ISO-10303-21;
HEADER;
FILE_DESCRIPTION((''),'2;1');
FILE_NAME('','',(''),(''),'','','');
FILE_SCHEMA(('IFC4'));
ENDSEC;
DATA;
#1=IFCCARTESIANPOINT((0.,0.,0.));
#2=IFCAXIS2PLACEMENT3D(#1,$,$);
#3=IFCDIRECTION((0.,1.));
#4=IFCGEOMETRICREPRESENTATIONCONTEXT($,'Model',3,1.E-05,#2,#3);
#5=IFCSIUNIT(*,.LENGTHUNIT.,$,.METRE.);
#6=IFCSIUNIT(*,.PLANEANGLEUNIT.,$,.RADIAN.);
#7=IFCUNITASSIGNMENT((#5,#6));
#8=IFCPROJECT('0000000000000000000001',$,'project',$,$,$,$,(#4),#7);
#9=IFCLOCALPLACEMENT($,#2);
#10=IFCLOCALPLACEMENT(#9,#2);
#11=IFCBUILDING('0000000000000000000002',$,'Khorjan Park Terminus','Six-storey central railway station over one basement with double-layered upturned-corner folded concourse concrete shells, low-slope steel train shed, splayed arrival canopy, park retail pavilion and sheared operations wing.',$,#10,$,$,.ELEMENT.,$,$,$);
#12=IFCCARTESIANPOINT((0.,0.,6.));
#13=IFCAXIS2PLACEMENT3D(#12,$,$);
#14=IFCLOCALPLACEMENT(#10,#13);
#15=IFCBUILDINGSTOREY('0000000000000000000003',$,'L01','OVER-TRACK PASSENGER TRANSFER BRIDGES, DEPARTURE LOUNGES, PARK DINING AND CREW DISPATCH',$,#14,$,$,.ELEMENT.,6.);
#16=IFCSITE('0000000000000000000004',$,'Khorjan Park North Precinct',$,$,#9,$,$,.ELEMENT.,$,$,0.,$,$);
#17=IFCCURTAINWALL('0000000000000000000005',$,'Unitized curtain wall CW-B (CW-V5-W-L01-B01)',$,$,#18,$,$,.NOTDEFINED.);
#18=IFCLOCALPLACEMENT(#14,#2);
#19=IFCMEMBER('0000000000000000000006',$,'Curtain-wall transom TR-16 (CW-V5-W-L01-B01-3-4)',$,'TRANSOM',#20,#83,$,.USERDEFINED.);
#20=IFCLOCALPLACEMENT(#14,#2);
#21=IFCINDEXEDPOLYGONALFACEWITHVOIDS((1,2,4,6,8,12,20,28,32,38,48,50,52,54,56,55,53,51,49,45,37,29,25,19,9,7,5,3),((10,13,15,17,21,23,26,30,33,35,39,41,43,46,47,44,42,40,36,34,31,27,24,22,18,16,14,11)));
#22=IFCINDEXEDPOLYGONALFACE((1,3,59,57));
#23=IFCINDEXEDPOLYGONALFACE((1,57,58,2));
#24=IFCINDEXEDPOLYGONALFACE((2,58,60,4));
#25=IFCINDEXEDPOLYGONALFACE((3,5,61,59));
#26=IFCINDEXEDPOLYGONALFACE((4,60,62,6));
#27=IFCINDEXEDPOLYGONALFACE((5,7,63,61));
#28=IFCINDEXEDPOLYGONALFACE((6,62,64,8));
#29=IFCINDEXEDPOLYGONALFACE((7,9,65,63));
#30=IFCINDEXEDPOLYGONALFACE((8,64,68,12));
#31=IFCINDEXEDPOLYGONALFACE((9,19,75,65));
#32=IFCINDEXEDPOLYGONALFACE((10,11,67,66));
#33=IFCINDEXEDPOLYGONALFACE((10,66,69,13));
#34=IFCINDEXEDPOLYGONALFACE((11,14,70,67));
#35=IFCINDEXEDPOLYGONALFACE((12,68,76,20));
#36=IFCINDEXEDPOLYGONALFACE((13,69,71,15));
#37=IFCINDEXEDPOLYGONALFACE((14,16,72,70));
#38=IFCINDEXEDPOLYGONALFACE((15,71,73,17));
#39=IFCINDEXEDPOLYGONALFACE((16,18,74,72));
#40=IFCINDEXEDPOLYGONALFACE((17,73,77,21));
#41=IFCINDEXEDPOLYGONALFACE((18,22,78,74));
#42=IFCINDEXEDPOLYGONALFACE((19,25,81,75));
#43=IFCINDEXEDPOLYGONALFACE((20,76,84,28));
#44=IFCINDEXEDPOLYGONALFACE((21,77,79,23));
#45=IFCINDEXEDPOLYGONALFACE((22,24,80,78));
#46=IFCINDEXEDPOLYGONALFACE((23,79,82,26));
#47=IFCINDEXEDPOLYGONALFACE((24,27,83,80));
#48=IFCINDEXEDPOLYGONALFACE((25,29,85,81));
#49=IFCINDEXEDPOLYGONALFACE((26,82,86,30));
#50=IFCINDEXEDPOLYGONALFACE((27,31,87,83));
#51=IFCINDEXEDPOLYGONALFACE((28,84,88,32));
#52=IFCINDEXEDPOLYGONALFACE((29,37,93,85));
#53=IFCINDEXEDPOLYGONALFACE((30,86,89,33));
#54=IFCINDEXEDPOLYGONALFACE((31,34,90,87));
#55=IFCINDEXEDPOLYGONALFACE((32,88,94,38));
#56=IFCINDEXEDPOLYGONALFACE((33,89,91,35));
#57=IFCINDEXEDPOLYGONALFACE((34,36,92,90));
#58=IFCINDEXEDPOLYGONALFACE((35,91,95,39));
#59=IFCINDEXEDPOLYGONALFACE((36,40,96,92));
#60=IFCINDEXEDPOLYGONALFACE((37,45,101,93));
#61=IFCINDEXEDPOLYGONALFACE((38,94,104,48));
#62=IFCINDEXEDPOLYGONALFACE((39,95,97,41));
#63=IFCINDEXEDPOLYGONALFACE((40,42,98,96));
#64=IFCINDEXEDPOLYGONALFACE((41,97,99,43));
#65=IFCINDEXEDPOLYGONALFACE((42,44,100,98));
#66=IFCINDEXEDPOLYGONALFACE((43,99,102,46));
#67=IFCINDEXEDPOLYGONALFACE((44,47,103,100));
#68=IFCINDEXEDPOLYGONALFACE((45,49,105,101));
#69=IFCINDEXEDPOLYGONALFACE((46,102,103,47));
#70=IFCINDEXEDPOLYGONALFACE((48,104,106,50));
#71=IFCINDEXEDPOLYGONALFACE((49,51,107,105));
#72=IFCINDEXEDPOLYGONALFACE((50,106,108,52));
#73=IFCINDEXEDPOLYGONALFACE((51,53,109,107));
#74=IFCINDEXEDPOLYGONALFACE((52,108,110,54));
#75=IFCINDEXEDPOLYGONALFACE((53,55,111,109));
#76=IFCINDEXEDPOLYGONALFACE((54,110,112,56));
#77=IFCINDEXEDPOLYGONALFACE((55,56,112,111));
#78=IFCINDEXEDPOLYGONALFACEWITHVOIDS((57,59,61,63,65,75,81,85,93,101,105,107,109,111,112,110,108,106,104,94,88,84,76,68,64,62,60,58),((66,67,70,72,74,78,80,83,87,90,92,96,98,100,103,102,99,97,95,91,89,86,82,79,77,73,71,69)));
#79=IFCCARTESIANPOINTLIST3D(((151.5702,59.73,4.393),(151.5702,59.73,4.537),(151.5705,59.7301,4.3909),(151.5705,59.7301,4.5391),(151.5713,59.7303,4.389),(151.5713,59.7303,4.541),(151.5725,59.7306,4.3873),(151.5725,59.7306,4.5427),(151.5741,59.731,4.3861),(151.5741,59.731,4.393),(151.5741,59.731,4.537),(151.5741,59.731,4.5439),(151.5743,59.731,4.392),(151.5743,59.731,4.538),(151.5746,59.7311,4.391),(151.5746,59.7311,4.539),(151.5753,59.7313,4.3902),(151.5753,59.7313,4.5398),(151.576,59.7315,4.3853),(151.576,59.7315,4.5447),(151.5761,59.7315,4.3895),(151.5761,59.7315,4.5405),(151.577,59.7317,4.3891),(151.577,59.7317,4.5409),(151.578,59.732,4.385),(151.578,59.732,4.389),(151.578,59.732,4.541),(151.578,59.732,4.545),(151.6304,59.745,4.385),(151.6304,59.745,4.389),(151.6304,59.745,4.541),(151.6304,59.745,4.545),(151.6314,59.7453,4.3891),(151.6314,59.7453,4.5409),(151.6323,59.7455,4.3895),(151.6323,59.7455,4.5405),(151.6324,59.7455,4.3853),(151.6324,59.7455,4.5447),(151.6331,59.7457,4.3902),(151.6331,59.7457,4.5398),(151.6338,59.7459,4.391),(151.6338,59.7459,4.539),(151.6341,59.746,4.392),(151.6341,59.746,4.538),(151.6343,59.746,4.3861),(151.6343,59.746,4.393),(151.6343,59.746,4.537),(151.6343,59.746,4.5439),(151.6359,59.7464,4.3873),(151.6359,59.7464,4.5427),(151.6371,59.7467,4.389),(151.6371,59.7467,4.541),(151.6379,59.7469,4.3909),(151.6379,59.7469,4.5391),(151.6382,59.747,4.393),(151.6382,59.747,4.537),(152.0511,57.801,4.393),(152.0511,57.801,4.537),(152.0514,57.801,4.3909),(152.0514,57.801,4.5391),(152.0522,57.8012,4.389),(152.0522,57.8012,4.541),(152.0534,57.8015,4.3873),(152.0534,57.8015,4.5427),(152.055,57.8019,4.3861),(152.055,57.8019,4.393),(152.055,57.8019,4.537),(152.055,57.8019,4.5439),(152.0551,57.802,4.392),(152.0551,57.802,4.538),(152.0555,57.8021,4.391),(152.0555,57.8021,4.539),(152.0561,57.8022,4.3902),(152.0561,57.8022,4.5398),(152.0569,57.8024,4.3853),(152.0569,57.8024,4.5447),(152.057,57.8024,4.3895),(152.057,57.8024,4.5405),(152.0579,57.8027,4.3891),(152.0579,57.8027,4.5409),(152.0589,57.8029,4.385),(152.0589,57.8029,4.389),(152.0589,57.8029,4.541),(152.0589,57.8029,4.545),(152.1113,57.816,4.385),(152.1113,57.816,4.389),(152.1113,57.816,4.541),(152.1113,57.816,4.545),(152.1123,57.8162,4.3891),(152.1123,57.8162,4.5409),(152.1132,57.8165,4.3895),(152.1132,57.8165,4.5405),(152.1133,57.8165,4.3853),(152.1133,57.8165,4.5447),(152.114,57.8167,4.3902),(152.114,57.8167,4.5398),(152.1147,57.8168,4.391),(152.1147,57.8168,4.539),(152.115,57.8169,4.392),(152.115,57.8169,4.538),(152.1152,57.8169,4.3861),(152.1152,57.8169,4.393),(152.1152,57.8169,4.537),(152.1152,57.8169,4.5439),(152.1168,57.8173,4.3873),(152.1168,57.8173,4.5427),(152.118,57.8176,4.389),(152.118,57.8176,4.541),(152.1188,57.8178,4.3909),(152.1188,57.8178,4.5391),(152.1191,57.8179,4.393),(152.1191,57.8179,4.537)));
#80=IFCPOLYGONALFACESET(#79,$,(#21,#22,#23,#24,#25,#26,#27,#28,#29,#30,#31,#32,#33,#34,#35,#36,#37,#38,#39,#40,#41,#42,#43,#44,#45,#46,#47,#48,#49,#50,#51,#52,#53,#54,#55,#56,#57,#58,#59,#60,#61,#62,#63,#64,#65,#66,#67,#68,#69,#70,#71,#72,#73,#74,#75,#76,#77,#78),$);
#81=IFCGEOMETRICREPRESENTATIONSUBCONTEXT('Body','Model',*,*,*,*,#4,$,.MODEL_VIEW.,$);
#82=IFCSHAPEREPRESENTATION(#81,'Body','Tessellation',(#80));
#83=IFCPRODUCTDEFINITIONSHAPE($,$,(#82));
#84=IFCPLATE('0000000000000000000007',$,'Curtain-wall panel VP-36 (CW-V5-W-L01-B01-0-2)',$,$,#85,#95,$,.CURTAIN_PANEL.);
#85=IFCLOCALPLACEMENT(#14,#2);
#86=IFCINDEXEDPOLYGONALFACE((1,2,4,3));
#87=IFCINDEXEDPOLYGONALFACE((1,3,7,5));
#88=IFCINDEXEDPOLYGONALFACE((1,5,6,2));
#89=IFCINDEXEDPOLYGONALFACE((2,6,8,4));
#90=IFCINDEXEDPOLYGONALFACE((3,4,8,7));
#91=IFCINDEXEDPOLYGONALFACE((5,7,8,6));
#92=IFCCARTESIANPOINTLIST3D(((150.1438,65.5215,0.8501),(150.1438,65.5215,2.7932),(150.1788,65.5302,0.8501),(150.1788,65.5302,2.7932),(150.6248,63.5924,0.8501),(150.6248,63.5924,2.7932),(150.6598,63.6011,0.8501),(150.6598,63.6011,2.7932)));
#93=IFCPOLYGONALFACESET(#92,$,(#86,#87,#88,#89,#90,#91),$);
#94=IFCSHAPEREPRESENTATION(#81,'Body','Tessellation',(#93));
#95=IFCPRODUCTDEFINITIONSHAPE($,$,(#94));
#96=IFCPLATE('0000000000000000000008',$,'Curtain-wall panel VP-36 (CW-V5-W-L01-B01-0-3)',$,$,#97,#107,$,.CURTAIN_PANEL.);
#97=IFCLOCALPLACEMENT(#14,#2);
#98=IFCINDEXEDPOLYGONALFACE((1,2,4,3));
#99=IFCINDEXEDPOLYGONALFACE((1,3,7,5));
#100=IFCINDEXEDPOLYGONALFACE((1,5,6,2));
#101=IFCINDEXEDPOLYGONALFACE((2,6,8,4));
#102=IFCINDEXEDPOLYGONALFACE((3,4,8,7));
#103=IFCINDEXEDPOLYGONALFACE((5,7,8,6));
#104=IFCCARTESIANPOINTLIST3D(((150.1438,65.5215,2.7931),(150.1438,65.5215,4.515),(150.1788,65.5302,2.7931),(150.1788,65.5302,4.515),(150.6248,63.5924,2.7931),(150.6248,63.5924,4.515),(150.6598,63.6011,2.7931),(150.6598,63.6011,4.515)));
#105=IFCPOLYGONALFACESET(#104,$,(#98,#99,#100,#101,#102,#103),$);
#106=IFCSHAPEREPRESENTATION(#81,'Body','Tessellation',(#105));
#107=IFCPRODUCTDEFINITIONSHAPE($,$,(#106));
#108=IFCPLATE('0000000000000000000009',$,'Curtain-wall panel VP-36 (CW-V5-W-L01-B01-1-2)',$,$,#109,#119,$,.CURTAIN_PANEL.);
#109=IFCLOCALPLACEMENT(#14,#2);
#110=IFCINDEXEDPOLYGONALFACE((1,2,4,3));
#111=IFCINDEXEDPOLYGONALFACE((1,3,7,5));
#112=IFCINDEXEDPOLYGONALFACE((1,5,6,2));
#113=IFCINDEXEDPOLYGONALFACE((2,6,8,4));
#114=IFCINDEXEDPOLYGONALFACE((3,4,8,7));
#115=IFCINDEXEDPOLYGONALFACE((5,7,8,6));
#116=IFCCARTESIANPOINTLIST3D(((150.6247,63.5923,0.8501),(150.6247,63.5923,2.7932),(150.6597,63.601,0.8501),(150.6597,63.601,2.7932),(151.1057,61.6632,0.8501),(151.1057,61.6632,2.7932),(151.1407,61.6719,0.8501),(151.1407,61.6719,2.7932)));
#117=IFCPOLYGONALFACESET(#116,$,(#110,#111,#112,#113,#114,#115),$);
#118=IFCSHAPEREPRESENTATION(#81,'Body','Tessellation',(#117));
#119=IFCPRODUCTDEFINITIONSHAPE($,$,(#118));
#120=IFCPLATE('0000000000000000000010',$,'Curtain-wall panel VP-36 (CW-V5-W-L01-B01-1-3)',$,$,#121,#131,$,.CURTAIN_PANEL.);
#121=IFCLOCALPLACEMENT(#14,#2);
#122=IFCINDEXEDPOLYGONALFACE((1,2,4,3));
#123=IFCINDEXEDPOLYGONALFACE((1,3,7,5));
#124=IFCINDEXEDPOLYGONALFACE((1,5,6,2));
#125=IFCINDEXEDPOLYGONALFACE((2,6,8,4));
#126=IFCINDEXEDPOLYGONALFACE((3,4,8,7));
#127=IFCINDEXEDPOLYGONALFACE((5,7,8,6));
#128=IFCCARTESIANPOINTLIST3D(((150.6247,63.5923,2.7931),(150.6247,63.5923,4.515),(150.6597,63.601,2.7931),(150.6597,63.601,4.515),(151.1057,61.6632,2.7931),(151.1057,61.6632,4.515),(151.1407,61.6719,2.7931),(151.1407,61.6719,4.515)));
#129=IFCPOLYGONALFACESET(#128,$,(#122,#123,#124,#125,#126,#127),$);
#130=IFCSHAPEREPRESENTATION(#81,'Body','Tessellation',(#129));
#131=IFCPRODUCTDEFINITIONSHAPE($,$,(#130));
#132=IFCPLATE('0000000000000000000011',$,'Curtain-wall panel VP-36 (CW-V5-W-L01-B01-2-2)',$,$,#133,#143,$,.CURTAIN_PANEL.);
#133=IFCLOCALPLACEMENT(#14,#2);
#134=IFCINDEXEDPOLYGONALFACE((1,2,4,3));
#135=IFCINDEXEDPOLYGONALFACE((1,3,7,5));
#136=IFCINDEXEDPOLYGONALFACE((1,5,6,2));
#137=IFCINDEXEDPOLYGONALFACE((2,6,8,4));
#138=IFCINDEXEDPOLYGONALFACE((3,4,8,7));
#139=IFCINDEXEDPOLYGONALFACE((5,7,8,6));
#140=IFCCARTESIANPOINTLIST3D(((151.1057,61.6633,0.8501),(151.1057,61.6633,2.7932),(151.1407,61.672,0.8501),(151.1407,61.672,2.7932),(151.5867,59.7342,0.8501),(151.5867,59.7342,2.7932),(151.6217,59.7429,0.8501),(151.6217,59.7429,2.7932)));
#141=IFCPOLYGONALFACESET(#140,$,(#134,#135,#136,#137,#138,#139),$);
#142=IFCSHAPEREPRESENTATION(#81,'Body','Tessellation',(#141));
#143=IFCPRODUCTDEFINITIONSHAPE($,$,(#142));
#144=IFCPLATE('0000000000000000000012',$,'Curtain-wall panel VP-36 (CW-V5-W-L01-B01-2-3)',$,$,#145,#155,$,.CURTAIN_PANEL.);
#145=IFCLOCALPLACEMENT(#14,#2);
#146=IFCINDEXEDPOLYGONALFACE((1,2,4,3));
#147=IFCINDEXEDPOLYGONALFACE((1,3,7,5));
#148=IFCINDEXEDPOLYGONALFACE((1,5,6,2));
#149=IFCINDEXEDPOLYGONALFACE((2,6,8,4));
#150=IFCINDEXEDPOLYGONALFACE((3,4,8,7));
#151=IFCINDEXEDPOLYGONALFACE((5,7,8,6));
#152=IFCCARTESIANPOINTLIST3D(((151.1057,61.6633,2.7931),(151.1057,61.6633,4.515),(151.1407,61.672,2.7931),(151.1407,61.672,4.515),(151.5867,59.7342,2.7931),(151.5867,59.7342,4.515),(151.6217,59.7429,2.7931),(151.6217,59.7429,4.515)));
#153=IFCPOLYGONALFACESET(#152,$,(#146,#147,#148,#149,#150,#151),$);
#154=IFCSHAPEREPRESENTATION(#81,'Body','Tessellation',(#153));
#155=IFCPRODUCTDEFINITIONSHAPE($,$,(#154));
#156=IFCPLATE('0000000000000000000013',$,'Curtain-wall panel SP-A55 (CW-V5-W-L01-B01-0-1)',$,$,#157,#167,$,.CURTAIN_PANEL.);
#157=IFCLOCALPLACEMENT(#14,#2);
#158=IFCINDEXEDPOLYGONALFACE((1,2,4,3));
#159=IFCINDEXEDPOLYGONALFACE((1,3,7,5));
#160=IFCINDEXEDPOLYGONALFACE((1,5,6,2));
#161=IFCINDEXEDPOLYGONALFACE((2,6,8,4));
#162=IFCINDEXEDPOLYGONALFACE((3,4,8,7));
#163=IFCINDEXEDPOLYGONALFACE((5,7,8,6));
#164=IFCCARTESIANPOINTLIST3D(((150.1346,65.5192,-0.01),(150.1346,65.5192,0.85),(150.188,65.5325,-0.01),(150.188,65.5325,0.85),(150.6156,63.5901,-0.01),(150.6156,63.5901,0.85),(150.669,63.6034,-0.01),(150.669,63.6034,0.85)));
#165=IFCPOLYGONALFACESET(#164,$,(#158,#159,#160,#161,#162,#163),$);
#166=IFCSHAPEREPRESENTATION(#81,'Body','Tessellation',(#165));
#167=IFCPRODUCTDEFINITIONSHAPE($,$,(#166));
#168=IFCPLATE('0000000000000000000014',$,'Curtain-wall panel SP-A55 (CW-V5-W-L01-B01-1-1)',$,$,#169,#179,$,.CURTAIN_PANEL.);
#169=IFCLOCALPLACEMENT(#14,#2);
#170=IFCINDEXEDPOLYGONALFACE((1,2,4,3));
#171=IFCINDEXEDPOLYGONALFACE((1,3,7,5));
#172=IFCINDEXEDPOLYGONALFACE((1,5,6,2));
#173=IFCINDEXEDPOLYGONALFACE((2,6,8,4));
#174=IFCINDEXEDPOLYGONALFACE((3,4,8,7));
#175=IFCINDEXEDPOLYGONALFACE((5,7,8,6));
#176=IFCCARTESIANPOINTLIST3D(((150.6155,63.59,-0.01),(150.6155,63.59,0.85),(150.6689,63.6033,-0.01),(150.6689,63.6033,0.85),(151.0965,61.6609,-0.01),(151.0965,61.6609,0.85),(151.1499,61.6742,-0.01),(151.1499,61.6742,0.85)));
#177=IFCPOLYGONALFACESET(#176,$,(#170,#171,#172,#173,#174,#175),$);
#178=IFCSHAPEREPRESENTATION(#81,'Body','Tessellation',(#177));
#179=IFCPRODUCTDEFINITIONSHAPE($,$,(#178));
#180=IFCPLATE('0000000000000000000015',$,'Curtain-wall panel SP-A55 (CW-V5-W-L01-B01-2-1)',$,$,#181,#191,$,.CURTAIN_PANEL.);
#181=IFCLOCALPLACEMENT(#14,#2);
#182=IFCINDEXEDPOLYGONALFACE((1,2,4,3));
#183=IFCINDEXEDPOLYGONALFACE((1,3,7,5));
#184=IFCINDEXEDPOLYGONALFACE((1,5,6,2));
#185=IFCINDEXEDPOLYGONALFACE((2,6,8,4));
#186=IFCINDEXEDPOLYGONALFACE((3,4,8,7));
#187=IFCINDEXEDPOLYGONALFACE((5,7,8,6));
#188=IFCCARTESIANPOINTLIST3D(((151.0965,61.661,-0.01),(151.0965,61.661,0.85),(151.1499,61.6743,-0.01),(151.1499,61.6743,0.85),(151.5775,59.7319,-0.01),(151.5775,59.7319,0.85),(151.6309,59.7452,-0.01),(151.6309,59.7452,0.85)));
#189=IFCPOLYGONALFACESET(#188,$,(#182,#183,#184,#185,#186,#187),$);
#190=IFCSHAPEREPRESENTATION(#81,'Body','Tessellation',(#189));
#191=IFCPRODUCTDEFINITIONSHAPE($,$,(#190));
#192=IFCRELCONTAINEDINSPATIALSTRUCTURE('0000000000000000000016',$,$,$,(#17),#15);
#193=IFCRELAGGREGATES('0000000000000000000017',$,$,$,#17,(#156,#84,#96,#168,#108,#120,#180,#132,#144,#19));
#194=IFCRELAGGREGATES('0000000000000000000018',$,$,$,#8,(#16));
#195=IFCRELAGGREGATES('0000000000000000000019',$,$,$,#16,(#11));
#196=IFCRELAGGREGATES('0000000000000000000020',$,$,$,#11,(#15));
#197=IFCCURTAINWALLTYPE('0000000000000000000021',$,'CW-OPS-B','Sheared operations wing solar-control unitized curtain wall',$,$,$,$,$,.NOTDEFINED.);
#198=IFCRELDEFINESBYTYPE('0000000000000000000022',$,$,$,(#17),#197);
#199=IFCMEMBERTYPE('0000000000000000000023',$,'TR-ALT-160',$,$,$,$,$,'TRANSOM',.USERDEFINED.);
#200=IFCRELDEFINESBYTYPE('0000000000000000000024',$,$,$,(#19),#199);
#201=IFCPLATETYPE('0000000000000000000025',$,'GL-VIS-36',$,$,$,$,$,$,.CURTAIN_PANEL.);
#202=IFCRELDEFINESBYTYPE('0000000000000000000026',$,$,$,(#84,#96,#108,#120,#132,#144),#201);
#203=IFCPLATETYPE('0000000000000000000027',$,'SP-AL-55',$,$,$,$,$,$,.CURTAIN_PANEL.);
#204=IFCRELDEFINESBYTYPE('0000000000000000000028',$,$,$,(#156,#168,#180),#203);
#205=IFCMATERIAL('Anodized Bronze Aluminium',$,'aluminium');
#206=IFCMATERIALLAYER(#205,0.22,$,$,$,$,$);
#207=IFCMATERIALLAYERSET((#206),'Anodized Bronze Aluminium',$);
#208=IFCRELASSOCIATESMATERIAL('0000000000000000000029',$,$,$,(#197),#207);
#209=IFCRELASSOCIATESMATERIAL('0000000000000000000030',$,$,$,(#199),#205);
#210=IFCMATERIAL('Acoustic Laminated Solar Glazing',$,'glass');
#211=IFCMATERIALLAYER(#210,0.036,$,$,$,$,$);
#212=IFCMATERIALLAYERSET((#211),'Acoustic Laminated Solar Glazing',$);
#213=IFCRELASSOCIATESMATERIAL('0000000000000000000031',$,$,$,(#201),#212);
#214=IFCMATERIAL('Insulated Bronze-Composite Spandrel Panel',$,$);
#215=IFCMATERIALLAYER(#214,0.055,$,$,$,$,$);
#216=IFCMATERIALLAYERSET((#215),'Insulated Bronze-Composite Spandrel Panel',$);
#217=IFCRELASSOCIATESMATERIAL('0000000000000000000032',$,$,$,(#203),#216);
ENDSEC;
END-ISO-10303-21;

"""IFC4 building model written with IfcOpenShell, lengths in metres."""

from ifc_helpers import new_model, si_unit, direction, frame, origin, origin_2d, place, context, subcontext, project, spatial, rectangle, hollow_rectangle, extrude, material, layer, layer_set, material_profile, profile_set, type_object, element, aggregate, save


model = new_model("IFC4")

# Units and contexts
model_context = context("Model", 3, precision=1e-05, world=origin(), true_north=direction((0.0, 1.0)))
body_context = subcontext(model_context, "Body", "Model", "MODEL_VIEW")
ifc_project = project(units=[si_unit("LENGTHUNIT", "METRE"), si_unit("PLANEANGLEUNIT", "RADIAN")], contexts=[model_context])

# Site, building, storey
site_placement = place(None, origin())
site = spatial("IfcSite", under=ifc_project, at=site_placement, Name="Khorjan Park North Precinct", CompositionType="ELEMENT", RefElevation=0.0)
building_placement = place(site_placement, origin())
building = spatial("IfcBuilding", under=site, at=building_placement, Name="Khorjan Park Terminus", Description="Six-storey central railway station over one basement with double-layered upturned-corner folded concourse concrete shells, low-slope steel train shed, splayed arrival canopy, park retail pavilion and sheared operations wing.", CompositionType="ELEMENT")
storey_placement = place(building_placement, frame((0.0, 0.0, 6.0)))
storey = spatial("IfcBuildingStorey", under=building, at=storey_placement, Name="L01", Description="OVER-TRACK PASSENGER TRANSFER BRIDGES, DEPARTURE LOUNGES, PARK DINING AND CREW DISPATCH", CompositionType="ELEMENT", Elevation=6.0)

# Curtain wall, member, plates
ifc_material_1 = material(Name="Anodized Bronze Aluminium", Category="aluminium")
ifc_layer_1 = layer(ifc_material_1, 0.22)
ifc_layer_set_1 = layer_set([ifc_layer_1], Name="Anodized Bronze Aluminium")
curtain_wall_type = type_object("IfcCurtainWallType", Name="CW-OPS-B", Description="Sheared operations wing solar-control unitized curtain wall", PredefinedType="NOTDEFINED", material=ifc_layer_set_1)
curtain_wall_placement = place(storey_placement, origin())
curtain_wall = element("IfcCurtainWall", 1, at=curtain_wall_placement, inside=storey, type_object=curtain_wall_type, Name="Unitized curtain wall CW-B (CW-V5-W-L01-B01)", PredefinedType="NOTDEFINED")
ifc_material_profile_1 = material_profile(ifc_material_1, hollow_rectangle(XDim=0.07, YDim=0.16, WallThickness=0.004, InnerFilletRadius=0.004, OuterFilletRadius=0.008, at=origin_2d()), Name="ALT 70x160x4")
ifc_profile_set_1 = profile_set([ifc_material_profile_1], Name="Anodized Bronze Aluminium")
member_type_1 = type_object("IfcMemberType", Name="TR-ALT-160", ElementType="TRANSOM", PredefinedType="USERDEFINED", material=ifc_profile_set_1)
member_1_placement = place(storey_placement, frame((151.6042, 59.7385, 4.465), z_axis=(0.241885, -0.970305, 0.0), x_axis=(0.970305, 0.241885, 0.0)))
member_1 = element("IfcMember", 2, at=member_1_placement, type_object=member_type_1, Name="Curtain-wall transom TR-16 (CW-V5-W-L01-B01-3-4)", ObjectType="TRANSOM", PredefinedType="USERDEFINED", context=body_context, shape_type="SweptSolid", body=[
    extrude(hollow_rectangle(XDim=0.07, YDim=0.16, WallThickness=0.004, InnerFilletRadius=0.004, OuterFilletRadius=0.008, at=origin_2d()), origin(), (0.0, 0.0, 1.0), 1.9881),
])
ifc_material_2 = material(Name="Acoustic Laminated Solar Glazing", Category="glass")
ifc_layer_2 = layer(ifc_material_2, 0.036)
ifc_layer_set_2 = layer_set([ifc_layer_2], Name="Acoustic Laminated Solar Glazing")
plate_type_1 = type_object("IfcPlateType", Name="GL-VIS-36", PredefinedType="CURTAIN_PANEL", material=ifc_layer_set_2)
plate_1_placement = place(storey_placement, frame((150.4018, 64.5613, 0.8501), z_axis=(0.0, 0.0, 1.0), x_axis=(0.241913, -0.970298, 0.0)))
plate_1 = element("IfcPlate", 3, at=plate_1_placement, type_object=plate_type_1, Name="Curtain-wall panel VP-36 (CW-V5-W-L01-B01-0-2)", PredefinedType="CURTAIN_PANEL", context=body_context, shape_type="SweptSolid", body=[
    extrude(rectangle(XDim=1.9882, YDim=0.036, at=origin_2d()), origin(), (0.0, 0.0, 1.0), 1.9431),
])
plate_2_placement = place(storey_placement, frame((150.4018, 64.5613, 2.7931), z_axis=(0.0, 0.0, 1.0), x_axis=(0.241913, -0.970298, 0.0)))
plate_2 = element("IfcPlate", 4, at=plate_2_placement, type_object=plate_type_1, Name="Curtain-wall panel VP-36 (CW-V5-W-L01-B01-0-3)", PredefinedType="CURTAIN_PANEL", context=body_context, shape_type="SweptSolid", body=[
    extrude(rectangle(XDim=1.9882, YDim=0.036, at=origin_2d()), origin(), (0.0, 0.0, 1.0), 1.7219),
])
plate_3_placement = place(storey_placement, frame((150.8827, 62.6321, 0.8501), z_axis=(0.0, 0.0, 1.0), x_axis=(0.241913, -0.970298, 0.0)))
plate_3 = element("IfcPlate", 5, at=plate_3_placement, type_object=plate_type_1, Name="Curtain-wall panel VP-36 (CW-V5-W-L01-B01-1-2)", PredefinedType="CURTAIN_PANEL", context=body_context, shape_type="SweptSolid", body=[
    extrude(rectangle(XDim=1.9882, YDim=0.036, at=origin_2d()), origin(), (0.0, 0.0, 1.0), 1.9431),
])
plate_4_placement = place(storey_placement, frame((150.8827, 62.6321, 2.7931), z_axis=(0.0, 0.0, 1.0), x_axis=(0.241913, -0.970298, 0.0)))
plate_4 = element("IfcPlate", 6, at=plate_4_placement, type_object=plate_type_1, Name="Curtain-wall panel VP-36 (CW-V5-W-L01-B01-1-3)", PredefinedType="CURTAIN_PANEL", context=body_context, shape_type="SweptSolid", body=[
    extrude(rectangle(XDim=1.9882, YDim=0.036, at=origin_2d()), origin(), (0.0, 0.0, 1.0), 1.7219),
])
plate_5_placement = place(storey_placement, frame((151.3637, 60.7031, 0.8501), z_axis=(0.0, 0.0, 1.0), x_axis=(0.241913, -0.970298, 0.0)))
plate_5 = element("IfcPlate", 7, at=plate_5_placement, type_object=plate_type_1, Name="Curtain-wall panel VP-36 (CW-V5-W-L01-B01-2-2)", PredefinedType="CURTAIN_PANEL", context=body_context, shape_type="SweptSolid", body=[
    extrude(rectangle(XDim=1.9882, YDim=0.036, at=origin_2d()), origin(), (0.0, 0.0, 1.0), 1.9431),
])
plate_6_placement = place(storey_placement, frame((151.3637, 60.7031, 2.7931), z_axis=(0.0, 0.0, 1.0), x_axis=(0.241913, -0.970298, 0.0)))
plate_6 = element("IfcPlate", 8, at=plate_6_placement, type_object=plate_type_1, Name="Curtain-wall panel VP-36 (CW-V5-W-L01-B01-2-3)", PredefinedType="CURTAIN_PANEL", context=body_context, shape_type="SweptSolid", body=[
    extrude(rectangle(XDim=1.9882, YDim=0.036, at=origin_2d()), origin(), (0.0, 0.0, 1.0), 1.7219),
])
ifc_material_3 = material(Name="Insulated Bronze-Composite Spandrel Panel")
ifc_layer_3 = layer(ifc_material_3, 0.055)
ifc_layer_set_3 = layer_set([ifc_layer_3], Name="Insulated Bronze-Composite Spandrel Panel")
plate_type_2 = type_object("IfcPlateType", Name="SP-AL-55", PredefinedType="CURTAIN_PANEL", material=ifc_layer_set_3)
plate_7_placement = place(storey_placement, frame((150.4018, 64.5613, -0.01), z_axis=(0.0, 0.0, 1.0), x_axis=(0.241913, -0.970298, 0.0)))
plate_7 = element("IfcPlate", 9, at=plate_7_placement, type_object=plate_type_2, Name="Curtain-wall panel SP-A55 (CW-V5-W-L01-B01-0-1)", PredefinedType="CURTAIN_PANEL", context=body_context, shape_type="SweptSolid", body=[
    extrude(rectangle(XDim=1.9882, YDim=0.055, at=origin_2d()), origin(), (0.0, 0.0, 1.0), 0.86),
])
plate_8_placement = place(storey_placement, frame((150.8827, 62.6321, -0.01), z_axis=(0.0, 0.0, 1.0), x_axis=(0.241913, -0.970298, 0.0)))
plate_8 = element("IfcPlate", 10, at=plate_8_placement, type_object=plate_type_2, Name="Curtain-wall panel SP-A55 (CW-V5-W-L01-B01-1-1)", PredefinedType="CURTAIN_PANEL", context=body_context, shape_type="SweptSolid", body=[
    extrude(rectangle(XDim=1.9882, YDim=0.055, at=origin_2d()), origin(), (0.0, 0.0, 1.0), 0.86),
])
plate_9_placement = place(storey_placement, frame((151.3637, 60.7031, -0.01), z_axis=(0.0, 0.0, 1.0), x_axis=(0.241913, -0.970298, 0.0)))
plate_9 = element("IfcPlate", 11, at=plate_9_placement, type_object=plate_type_2, Name="Curtain-wall panel SP-A55 (CW-V5-W-L01-B01-2-1)", PredefinedType="CURTAIN_PANEL", context=body_context, shape_type="SweptSolid", body=[
    extrude(rectangle(XDim=1.9882, YDim=0.055, at=origin_2d()), origin(), (0.0, 0.0, 1.0), 0.86),
])
aggregate(curtain_wall, [plate_7, plate_1, plate_2, plate_8, plate_3, plate_4, plate_9, plate_5, plate_6, member_1])

save(model, "model.ifc")
